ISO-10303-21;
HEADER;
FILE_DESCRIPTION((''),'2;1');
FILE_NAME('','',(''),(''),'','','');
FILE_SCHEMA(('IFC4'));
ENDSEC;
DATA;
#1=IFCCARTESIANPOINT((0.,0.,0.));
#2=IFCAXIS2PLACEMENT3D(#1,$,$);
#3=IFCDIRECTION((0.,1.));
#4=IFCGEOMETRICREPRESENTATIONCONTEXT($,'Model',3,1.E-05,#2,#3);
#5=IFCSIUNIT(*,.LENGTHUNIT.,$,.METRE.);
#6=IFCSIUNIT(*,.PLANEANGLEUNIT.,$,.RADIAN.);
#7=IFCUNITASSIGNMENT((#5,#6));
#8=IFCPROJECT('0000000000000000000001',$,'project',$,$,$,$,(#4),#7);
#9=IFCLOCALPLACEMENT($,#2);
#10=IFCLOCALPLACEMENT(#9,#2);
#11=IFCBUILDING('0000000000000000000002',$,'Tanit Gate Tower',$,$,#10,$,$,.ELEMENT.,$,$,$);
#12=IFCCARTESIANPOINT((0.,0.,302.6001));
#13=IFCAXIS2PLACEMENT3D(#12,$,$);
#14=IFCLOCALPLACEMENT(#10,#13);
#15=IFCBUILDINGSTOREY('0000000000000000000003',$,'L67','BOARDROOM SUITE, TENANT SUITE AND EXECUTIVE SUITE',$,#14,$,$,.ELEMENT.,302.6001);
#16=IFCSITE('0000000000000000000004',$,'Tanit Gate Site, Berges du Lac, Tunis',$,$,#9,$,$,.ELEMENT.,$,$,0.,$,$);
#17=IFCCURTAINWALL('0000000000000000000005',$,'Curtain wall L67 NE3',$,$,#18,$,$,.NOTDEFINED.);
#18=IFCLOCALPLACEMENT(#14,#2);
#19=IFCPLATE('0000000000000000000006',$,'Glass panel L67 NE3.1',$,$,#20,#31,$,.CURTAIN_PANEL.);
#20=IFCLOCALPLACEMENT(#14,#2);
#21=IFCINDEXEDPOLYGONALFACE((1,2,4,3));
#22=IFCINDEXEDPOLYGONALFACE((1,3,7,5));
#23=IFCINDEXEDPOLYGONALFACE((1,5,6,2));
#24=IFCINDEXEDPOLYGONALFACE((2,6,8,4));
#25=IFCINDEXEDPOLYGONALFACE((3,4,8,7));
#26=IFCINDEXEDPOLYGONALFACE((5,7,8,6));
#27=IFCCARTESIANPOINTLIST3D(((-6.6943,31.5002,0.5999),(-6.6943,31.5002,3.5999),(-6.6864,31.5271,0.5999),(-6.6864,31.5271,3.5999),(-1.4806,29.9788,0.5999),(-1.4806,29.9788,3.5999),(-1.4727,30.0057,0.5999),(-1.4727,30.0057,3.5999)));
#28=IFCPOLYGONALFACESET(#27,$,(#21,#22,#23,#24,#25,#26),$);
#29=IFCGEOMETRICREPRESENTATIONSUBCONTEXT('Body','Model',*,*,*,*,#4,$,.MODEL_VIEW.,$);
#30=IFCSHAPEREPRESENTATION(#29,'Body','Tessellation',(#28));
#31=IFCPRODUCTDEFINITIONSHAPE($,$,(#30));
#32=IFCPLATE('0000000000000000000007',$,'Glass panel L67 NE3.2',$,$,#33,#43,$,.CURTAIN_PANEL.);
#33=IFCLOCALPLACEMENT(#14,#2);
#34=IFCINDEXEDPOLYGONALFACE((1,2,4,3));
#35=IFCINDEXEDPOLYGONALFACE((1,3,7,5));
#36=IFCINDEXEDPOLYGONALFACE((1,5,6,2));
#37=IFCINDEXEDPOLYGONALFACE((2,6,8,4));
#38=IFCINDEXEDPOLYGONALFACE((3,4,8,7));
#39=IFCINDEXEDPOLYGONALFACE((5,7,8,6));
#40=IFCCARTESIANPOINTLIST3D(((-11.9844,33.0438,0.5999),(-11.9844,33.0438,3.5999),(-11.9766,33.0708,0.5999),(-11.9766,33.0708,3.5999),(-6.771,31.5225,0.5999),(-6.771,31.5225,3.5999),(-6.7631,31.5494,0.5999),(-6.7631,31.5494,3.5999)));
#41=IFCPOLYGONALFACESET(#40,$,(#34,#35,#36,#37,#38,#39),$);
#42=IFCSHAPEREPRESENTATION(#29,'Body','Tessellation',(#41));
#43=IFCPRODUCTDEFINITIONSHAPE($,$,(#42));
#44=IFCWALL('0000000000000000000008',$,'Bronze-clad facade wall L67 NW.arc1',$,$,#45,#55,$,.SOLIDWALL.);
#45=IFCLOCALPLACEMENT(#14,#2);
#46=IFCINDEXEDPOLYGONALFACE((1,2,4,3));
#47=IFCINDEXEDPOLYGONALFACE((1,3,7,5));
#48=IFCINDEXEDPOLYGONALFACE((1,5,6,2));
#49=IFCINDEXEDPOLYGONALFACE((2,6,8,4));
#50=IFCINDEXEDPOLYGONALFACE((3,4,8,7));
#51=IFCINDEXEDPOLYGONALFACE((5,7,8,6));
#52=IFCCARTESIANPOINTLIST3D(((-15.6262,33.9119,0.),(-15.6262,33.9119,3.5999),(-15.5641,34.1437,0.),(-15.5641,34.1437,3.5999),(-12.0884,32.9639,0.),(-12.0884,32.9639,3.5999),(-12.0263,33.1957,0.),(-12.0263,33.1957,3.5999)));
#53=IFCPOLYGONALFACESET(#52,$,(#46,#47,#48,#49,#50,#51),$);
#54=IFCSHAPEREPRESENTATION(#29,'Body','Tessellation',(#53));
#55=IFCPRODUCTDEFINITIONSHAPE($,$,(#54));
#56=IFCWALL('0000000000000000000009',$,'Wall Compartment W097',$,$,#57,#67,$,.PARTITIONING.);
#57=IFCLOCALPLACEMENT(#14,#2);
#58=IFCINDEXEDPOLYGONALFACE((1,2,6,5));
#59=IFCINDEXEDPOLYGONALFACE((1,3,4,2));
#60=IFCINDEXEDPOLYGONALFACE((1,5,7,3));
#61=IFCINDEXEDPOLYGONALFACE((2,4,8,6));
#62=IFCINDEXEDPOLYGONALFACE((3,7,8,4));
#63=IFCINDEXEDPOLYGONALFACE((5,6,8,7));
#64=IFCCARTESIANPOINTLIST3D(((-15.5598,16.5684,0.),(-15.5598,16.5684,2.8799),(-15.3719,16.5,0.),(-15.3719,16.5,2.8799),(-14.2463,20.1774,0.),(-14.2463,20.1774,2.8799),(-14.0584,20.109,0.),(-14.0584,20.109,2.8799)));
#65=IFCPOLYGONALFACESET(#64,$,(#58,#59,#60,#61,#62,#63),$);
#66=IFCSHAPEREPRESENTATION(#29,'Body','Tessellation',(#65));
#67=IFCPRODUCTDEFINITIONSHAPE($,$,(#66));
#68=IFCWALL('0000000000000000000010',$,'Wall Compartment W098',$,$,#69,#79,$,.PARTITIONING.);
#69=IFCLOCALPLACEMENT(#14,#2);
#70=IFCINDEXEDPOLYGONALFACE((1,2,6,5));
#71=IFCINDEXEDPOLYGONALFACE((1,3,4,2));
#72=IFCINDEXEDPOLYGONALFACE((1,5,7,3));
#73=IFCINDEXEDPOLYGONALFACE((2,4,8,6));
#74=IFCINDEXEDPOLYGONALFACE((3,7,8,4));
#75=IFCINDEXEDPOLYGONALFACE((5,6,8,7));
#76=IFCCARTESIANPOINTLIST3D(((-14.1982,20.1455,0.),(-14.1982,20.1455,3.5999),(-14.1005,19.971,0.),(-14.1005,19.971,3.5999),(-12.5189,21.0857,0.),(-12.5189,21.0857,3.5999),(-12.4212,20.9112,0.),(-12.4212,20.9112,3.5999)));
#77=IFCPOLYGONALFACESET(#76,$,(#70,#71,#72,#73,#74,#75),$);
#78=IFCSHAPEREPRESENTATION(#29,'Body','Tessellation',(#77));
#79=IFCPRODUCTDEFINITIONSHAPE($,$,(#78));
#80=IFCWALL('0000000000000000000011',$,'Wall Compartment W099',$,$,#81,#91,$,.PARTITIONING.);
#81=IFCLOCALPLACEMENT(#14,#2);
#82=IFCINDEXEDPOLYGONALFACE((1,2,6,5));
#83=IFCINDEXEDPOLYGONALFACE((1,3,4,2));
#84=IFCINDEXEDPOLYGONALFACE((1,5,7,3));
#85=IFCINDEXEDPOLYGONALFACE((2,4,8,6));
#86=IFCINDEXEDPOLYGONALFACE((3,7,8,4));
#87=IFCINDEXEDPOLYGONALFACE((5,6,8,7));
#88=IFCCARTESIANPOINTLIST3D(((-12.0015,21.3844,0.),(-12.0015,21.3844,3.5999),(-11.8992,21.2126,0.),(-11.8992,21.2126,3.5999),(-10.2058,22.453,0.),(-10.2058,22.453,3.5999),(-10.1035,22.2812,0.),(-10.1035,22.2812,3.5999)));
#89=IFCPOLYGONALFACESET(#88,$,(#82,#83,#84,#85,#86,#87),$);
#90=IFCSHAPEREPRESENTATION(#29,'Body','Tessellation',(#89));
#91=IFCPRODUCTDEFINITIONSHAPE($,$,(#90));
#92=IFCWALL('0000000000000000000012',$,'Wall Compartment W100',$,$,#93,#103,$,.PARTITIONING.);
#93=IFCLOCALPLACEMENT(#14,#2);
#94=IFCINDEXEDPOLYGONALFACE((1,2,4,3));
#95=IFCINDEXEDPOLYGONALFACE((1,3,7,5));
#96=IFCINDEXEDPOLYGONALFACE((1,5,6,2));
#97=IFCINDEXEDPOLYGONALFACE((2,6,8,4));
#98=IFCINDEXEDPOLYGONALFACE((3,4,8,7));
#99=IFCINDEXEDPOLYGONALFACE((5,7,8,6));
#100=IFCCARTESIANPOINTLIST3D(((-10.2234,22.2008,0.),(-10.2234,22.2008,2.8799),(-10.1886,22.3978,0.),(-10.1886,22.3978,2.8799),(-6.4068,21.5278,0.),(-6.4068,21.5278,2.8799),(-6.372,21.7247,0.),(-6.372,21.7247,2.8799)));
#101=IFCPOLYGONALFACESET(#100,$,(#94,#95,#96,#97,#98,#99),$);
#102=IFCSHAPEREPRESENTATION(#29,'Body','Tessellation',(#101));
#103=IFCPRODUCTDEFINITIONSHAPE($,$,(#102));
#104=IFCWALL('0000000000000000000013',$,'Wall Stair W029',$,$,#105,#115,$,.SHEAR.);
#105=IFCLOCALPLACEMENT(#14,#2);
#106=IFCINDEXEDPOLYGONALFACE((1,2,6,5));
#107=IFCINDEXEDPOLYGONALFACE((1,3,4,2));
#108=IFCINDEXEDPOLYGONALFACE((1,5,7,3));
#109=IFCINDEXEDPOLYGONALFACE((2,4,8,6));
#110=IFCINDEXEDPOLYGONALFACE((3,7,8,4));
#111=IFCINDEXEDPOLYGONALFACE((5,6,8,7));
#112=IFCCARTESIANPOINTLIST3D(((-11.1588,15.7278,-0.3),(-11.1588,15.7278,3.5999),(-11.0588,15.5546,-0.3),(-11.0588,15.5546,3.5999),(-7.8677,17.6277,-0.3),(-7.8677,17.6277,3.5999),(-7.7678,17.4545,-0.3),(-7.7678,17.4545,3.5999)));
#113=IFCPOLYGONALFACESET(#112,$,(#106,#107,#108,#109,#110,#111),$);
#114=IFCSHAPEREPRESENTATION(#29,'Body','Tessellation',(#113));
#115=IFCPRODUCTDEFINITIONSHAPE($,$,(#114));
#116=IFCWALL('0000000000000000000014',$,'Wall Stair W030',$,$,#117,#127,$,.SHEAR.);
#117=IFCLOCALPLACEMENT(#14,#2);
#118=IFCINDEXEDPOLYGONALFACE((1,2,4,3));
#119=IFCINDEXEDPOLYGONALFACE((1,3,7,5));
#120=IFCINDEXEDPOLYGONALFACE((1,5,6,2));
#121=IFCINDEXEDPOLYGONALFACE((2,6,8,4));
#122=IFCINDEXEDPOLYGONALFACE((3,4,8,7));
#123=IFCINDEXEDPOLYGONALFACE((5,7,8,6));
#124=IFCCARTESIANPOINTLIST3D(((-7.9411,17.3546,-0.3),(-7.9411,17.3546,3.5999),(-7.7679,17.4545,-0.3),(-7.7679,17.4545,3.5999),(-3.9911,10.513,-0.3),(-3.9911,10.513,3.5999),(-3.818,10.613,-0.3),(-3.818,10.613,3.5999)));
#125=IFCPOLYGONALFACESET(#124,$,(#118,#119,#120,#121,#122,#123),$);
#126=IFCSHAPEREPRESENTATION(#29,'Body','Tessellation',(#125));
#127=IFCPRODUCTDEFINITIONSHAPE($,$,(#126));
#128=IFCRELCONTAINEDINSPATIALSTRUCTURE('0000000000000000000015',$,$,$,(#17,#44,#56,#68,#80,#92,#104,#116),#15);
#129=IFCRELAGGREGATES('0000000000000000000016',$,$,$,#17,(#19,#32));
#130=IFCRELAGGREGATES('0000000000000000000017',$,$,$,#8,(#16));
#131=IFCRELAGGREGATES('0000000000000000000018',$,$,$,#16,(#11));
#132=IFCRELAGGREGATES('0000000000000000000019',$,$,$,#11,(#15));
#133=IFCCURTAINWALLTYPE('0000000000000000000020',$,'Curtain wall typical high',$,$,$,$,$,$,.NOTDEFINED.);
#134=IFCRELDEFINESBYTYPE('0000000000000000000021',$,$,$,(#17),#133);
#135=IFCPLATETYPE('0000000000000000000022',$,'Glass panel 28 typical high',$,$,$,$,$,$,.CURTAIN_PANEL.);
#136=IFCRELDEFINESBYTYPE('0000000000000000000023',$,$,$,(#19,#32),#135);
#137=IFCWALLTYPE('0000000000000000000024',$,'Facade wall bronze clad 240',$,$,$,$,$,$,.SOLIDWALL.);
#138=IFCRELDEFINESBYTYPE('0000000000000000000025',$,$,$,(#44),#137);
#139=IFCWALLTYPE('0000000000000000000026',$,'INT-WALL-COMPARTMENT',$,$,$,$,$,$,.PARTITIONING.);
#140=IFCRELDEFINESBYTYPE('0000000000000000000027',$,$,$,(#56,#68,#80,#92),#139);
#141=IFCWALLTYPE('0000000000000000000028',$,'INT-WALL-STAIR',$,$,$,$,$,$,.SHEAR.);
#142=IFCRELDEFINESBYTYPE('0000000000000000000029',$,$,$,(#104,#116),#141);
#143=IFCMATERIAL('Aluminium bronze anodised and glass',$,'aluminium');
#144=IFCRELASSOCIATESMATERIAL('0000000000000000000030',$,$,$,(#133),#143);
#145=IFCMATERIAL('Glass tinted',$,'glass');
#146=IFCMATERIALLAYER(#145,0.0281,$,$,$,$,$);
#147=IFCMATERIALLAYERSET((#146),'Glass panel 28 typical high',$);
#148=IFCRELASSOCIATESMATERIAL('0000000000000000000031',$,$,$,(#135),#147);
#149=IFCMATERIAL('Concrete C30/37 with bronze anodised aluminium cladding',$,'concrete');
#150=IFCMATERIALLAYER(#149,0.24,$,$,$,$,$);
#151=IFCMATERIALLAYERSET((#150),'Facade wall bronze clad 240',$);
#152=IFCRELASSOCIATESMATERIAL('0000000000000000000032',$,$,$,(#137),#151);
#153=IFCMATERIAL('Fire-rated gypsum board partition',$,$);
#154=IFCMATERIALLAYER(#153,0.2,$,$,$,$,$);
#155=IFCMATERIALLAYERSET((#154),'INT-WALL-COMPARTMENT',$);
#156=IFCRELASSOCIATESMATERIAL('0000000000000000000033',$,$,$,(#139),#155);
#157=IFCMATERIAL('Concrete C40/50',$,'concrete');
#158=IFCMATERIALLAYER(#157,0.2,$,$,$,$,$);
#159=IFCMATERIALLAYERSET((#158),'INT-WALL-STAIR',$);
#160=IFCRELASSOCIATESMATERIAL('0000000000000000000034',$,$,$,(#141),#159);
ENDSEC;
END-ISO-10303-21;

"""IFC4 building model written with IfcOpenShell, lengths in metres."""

from ifc_helpers import new_model, si_unit, direction, frame, frame_2d, origin, origin_2d, place, context, subcontext, project, spatial, rectangle, extrude, material, layer, layer_set, type_object, element, aggregate, save


model = new_model("IFC4")

# Units and contexts
model_context = context("Model", 3, precision=1e-05, world=origin(), true_north=direction((0.0, 1.0)))
body_context = subcontext(model_context, "Body", "Model", "MODEL_VIEW")
ifc_project = project(units=[si_unit("LENGTHUNIT", "METRE"), si_unit("PLANEANGLEUNIT", "RADIAN")], contexts=[model_context])

# Site, building, storey
site_placement = place(None, origin())
site = spatial("IfcSite", under=ifc_project, at=site_placement, Name="Tanit Gate Site, Berges du Lac, Tunis", CompositionType="ELEMENT", RefElevation=0.0)
building_placement = place(site_placement, origin())
building = spatial("IfcBuilding", under=site, at=building_placement, Name="Tanit Gate Tower", CompositionType="ELEMENT")
storey_placement = place(building_placement, frame((0.0, 0.0, 302.6001)))
storey = spatial("IfcBuildingStorey", under=building, at=storey_placement, Name="L67", Description="BOARDROOM SUITE, TENANT SUITE AND EXECUTIVE SUITE", CompositionType="ELEMENT", Elevation=302.6001)

# Curtain wall
ifc_material_1 = material(Name="Aluminium bronze anodised and glass", Category="aluminium")
curtain_wall_type = type_object("IfcCurtainWallType", Name="Curtain wall typical high", PredefinedType="NOTDEFINED", material=ifc_material_1)
curtain_wall_placement = place(storey_placement, origin())
curtain_wall = element("IfcCurtainWall", 1, at=curtain_wall_placement, inside=storey, type_object=curtain_wall_type, Name="Curtain wall L67 NE3", PredefinedType="NOTDEFINED")

# Plates
ifc_material_2 = material(Name="Glass tinted", Category="glass")
ifc_layer_1 = layer(ifc_material_2, 0.0281)
ifc_layer_set_1 = layer_set([ifc_layer_1], Name="Glass panel 28 typical high")
plate_type = type_object("IfcPlateType", Name="Glass panel 28 typical high", PredefinedType="CURTAIN_PANEL", material=ifc_layer_set_1)
plate_1_placement = place(storey_placement, frame((-4.0835, 30.7529, 0.5999), z_axis=(0.0, 0.0, 1.0), x_axis=(-0.959964, 0.280124, 0.0)))
plate_1 = element("IfcPlate", 2, at=plate_1_placement, type_object=plate_type, Name="Glass panel L67 NE3.1", PredefinedType="CURTAIN_PANEL", context=body_context, shape_type="SweptSolid", body=[
    extrude(rectangle(XDim=5.4312, YDim=0.0281, at=origin_2d()), origin(), (0.0, 0.0, 1.0), 3.0),
])
plate_2_placement = place(storey_placement, frame((-9.3738, 32.2966, 0.5999), z_axis=(0.0, 0.0, 1.0), x_axis=(-0.959964, 0.280124, 0.0)))
plate_2 = element("IfcPlate", 3, at=plate_2_placement, type_object=plate_type, Name="Glass panel L67 NE3.2", PredefinedType="CURTAIN_PANEL", context=body_context, shape_type="SweptSolid", body=[
    extrude(rectangle(XDim=5.4309, YDim=0.0281, at=origin_2d()), origin(), (0.0, 0.0, 1.0), 3.0),
])
aggregate(curtain_wall, [plate_1, plate_2])

# Walls
ifc_material_3 = material(Name="Concrete C30/37 with bronze anodised aluminium cladding", Category="concrete")
ifc_layer_2 = layer(ifc_material_3, 0.24)
ifc_layer_set_2 = layer_set([ifc_layer_2], Name="Facade wall bronze clad 240")
wall_type_1 = type_object("IfcWallType", Name="Facade wall bronze clad 240", PredefinedType="SOLIDWALL", material=ifc_layer_set_2)
wall_1_placement = place(storey_placement, frame((-12.0574, 33.0798, 0.0), z_axis=(0.0, 0.0, 1.0), x_axis=(-0.965923, 0.258828, 0.0)))
element("IfcWall", 4, at=wall_1_placement, inside=storey, type_object=wall_type_1, Name="Bronze-clad facade wall L67 NW.arc1", PredefinedType="SOLIDWALL", context=body_context, shape_type="SweptSolid", body=[
    extrude(rectangle(XDim=3.6626, YDim=0.24, at=frame_2d((1.8313, 0.0))), origin(), (0.0, 0.0, 1.0), 3.5999),
])
ifc_material_4 = material(Name="Fire-rated gypsum board partition")
ifc_layer_3 = layer(ifc_material_4, 0.2)
ifc_layer_set_3 = layer_set([ifc_layer_3], Name="INT-WALL-COMPARTMENT")
wall_type_2 = type_object("IfcWallType", Name="INT-WALL-COMPARTMENT", PredefinedType="PARTITIONING", material=ifc_layer_set_3)
wall_2_placement = place(storey_placement, frame((-14.1523, 20.1433, 0.0), z_axis=(0.0, 0.0, 1.0), x_axis=(-0.342008, -0.939697, 0.0)))
element("IfcWall", 5, at=wall_2_placement, inside=storey, type_object=wall_type_2, Name="Wall Compartment W097", PredefinedType="PARTITIONING", context=body_context, shape_type="SweptSolid", body=[
    extrude(rectangle(XDim=3.8406, YDim=0.2, at=frame_2d((1.9204, 0.0))), origin(), (0.0, 0.0, 1.0), 2.8799),
])
wall_3_placement = place(storey_placement, frame((-12.47, 20.9985, 0.0), z_axis=(0.0, 0.0, 1.0), x_axis=(-0.872543, -0.488538, 0.0)))
element("IfcWall", 6, at=wall_3_placement, inside=storey, type_object=wall_type_2, Name="Wall Compartment W098", PredefinedType="PARTITIONING", context=body_context, shape_type="SweptSolid", body=[
    extrude(rectangle(XDim=1.9246, YDim=0.2, at=frame_2d((0.9624, 0.0))), origin(), (0.0, 0.0, 1.0), 3.5999),
])
wall_4_placement = place(storey_placement, frame((-10.1545, 22.3672, 0.0), z_axis=(0.0, 0.0, 1.0), x_axis=(-0.859343, -0.5114, 0.0)))
element("IfcWall", 7, at=wall_4_placement, inside=storey, type_object=wall_type_2, Name="Wall Compartment W099", PredefinedType="PARTITIONING", context=body_context, shape_type="SweptSolid", body=[
    extrude(rectangle(XDim=2.0896, YDim=0.2, at=frame_2d((1.0449, 0.0))), origin(), (0.0, 0.0, 1.0), 3.5999),
])
wall_5_placement = place(storey_placement, frame((-6.3894, 21.6262, 0.0), z_axis=(0.0, 0.0, 1.0), x_axis=(-0.984803, 0.173678, 0.0)))
element("IfcWall", 8, at=wall_5_placement, inside=storey, type_object=wall_type_2, Name="Wall Compartment W100", PredefinedType="PARTITIONING", context=body_context, shape_type="SweptSolid", body=[
    extrude(rectangle(XDim=3.8755, YDim=0.2, at=frame_2d((1.9377, 0.0))), origin(), (0.0, 0.0, 1.0), 2.8799),
])
ifc_material_5 = material(Name="Concrete C40/50", Category="concrete")
ifc_layer_4 = layer(ifc_material_5, 0.2)
ifc_layer_set_4 = layer_set([ifc_layer_4], Name="INT-WALL-STAIR")
wall_type_3 = type_object("IfcWallType", Name="INT-WALL-STAIR", PredefinedType="SHEAR", material=ifc_layer_set_4)
wall_6_placement = place(storey_placement, frame((-7.8179, 17.541, -0.3), z_axis=(0.0, 0.0, 1.0), x_axis=(-0.866044, -0.499967, 0.0)))
element("IfcWall", 9, at=wall_6_placement, inside=storey, type_object=wall_type_3, Name="Wall Stair W029", PredefinedType="SHEAR", context=body_context, shape_type="SweptSolid", body=[
    extrude(rectangle(XDim=3.8, YDim=0.2, at=frame_2d((1.8999, 0.0))), origin(), (0.0, 0.0, 1.0), 3.8999),
])
wall_7_placement = place(storey_placement, frame((-7.8545, 17.4045, -0.3), z_axis=(0.0, 0.0, 1.0), x_axis=(0.499998, -0.866027, 0.0)))
element("IfcWall", 10, at=wall_7_placement, inside=storey, type_object=wall_type_3, Name="Wall Stair W030", PredefinedType="SHEAR", context=body_context, shape_type="SweptSolid", body=[
    extrude(rectangle(XDim=7.8999, YDim=0.2, at=frame_2d((3.95, 0.0))), origin(), (0.0, 0.0, 1.0), 3.8999),
])

save(model, "model.ifc")
